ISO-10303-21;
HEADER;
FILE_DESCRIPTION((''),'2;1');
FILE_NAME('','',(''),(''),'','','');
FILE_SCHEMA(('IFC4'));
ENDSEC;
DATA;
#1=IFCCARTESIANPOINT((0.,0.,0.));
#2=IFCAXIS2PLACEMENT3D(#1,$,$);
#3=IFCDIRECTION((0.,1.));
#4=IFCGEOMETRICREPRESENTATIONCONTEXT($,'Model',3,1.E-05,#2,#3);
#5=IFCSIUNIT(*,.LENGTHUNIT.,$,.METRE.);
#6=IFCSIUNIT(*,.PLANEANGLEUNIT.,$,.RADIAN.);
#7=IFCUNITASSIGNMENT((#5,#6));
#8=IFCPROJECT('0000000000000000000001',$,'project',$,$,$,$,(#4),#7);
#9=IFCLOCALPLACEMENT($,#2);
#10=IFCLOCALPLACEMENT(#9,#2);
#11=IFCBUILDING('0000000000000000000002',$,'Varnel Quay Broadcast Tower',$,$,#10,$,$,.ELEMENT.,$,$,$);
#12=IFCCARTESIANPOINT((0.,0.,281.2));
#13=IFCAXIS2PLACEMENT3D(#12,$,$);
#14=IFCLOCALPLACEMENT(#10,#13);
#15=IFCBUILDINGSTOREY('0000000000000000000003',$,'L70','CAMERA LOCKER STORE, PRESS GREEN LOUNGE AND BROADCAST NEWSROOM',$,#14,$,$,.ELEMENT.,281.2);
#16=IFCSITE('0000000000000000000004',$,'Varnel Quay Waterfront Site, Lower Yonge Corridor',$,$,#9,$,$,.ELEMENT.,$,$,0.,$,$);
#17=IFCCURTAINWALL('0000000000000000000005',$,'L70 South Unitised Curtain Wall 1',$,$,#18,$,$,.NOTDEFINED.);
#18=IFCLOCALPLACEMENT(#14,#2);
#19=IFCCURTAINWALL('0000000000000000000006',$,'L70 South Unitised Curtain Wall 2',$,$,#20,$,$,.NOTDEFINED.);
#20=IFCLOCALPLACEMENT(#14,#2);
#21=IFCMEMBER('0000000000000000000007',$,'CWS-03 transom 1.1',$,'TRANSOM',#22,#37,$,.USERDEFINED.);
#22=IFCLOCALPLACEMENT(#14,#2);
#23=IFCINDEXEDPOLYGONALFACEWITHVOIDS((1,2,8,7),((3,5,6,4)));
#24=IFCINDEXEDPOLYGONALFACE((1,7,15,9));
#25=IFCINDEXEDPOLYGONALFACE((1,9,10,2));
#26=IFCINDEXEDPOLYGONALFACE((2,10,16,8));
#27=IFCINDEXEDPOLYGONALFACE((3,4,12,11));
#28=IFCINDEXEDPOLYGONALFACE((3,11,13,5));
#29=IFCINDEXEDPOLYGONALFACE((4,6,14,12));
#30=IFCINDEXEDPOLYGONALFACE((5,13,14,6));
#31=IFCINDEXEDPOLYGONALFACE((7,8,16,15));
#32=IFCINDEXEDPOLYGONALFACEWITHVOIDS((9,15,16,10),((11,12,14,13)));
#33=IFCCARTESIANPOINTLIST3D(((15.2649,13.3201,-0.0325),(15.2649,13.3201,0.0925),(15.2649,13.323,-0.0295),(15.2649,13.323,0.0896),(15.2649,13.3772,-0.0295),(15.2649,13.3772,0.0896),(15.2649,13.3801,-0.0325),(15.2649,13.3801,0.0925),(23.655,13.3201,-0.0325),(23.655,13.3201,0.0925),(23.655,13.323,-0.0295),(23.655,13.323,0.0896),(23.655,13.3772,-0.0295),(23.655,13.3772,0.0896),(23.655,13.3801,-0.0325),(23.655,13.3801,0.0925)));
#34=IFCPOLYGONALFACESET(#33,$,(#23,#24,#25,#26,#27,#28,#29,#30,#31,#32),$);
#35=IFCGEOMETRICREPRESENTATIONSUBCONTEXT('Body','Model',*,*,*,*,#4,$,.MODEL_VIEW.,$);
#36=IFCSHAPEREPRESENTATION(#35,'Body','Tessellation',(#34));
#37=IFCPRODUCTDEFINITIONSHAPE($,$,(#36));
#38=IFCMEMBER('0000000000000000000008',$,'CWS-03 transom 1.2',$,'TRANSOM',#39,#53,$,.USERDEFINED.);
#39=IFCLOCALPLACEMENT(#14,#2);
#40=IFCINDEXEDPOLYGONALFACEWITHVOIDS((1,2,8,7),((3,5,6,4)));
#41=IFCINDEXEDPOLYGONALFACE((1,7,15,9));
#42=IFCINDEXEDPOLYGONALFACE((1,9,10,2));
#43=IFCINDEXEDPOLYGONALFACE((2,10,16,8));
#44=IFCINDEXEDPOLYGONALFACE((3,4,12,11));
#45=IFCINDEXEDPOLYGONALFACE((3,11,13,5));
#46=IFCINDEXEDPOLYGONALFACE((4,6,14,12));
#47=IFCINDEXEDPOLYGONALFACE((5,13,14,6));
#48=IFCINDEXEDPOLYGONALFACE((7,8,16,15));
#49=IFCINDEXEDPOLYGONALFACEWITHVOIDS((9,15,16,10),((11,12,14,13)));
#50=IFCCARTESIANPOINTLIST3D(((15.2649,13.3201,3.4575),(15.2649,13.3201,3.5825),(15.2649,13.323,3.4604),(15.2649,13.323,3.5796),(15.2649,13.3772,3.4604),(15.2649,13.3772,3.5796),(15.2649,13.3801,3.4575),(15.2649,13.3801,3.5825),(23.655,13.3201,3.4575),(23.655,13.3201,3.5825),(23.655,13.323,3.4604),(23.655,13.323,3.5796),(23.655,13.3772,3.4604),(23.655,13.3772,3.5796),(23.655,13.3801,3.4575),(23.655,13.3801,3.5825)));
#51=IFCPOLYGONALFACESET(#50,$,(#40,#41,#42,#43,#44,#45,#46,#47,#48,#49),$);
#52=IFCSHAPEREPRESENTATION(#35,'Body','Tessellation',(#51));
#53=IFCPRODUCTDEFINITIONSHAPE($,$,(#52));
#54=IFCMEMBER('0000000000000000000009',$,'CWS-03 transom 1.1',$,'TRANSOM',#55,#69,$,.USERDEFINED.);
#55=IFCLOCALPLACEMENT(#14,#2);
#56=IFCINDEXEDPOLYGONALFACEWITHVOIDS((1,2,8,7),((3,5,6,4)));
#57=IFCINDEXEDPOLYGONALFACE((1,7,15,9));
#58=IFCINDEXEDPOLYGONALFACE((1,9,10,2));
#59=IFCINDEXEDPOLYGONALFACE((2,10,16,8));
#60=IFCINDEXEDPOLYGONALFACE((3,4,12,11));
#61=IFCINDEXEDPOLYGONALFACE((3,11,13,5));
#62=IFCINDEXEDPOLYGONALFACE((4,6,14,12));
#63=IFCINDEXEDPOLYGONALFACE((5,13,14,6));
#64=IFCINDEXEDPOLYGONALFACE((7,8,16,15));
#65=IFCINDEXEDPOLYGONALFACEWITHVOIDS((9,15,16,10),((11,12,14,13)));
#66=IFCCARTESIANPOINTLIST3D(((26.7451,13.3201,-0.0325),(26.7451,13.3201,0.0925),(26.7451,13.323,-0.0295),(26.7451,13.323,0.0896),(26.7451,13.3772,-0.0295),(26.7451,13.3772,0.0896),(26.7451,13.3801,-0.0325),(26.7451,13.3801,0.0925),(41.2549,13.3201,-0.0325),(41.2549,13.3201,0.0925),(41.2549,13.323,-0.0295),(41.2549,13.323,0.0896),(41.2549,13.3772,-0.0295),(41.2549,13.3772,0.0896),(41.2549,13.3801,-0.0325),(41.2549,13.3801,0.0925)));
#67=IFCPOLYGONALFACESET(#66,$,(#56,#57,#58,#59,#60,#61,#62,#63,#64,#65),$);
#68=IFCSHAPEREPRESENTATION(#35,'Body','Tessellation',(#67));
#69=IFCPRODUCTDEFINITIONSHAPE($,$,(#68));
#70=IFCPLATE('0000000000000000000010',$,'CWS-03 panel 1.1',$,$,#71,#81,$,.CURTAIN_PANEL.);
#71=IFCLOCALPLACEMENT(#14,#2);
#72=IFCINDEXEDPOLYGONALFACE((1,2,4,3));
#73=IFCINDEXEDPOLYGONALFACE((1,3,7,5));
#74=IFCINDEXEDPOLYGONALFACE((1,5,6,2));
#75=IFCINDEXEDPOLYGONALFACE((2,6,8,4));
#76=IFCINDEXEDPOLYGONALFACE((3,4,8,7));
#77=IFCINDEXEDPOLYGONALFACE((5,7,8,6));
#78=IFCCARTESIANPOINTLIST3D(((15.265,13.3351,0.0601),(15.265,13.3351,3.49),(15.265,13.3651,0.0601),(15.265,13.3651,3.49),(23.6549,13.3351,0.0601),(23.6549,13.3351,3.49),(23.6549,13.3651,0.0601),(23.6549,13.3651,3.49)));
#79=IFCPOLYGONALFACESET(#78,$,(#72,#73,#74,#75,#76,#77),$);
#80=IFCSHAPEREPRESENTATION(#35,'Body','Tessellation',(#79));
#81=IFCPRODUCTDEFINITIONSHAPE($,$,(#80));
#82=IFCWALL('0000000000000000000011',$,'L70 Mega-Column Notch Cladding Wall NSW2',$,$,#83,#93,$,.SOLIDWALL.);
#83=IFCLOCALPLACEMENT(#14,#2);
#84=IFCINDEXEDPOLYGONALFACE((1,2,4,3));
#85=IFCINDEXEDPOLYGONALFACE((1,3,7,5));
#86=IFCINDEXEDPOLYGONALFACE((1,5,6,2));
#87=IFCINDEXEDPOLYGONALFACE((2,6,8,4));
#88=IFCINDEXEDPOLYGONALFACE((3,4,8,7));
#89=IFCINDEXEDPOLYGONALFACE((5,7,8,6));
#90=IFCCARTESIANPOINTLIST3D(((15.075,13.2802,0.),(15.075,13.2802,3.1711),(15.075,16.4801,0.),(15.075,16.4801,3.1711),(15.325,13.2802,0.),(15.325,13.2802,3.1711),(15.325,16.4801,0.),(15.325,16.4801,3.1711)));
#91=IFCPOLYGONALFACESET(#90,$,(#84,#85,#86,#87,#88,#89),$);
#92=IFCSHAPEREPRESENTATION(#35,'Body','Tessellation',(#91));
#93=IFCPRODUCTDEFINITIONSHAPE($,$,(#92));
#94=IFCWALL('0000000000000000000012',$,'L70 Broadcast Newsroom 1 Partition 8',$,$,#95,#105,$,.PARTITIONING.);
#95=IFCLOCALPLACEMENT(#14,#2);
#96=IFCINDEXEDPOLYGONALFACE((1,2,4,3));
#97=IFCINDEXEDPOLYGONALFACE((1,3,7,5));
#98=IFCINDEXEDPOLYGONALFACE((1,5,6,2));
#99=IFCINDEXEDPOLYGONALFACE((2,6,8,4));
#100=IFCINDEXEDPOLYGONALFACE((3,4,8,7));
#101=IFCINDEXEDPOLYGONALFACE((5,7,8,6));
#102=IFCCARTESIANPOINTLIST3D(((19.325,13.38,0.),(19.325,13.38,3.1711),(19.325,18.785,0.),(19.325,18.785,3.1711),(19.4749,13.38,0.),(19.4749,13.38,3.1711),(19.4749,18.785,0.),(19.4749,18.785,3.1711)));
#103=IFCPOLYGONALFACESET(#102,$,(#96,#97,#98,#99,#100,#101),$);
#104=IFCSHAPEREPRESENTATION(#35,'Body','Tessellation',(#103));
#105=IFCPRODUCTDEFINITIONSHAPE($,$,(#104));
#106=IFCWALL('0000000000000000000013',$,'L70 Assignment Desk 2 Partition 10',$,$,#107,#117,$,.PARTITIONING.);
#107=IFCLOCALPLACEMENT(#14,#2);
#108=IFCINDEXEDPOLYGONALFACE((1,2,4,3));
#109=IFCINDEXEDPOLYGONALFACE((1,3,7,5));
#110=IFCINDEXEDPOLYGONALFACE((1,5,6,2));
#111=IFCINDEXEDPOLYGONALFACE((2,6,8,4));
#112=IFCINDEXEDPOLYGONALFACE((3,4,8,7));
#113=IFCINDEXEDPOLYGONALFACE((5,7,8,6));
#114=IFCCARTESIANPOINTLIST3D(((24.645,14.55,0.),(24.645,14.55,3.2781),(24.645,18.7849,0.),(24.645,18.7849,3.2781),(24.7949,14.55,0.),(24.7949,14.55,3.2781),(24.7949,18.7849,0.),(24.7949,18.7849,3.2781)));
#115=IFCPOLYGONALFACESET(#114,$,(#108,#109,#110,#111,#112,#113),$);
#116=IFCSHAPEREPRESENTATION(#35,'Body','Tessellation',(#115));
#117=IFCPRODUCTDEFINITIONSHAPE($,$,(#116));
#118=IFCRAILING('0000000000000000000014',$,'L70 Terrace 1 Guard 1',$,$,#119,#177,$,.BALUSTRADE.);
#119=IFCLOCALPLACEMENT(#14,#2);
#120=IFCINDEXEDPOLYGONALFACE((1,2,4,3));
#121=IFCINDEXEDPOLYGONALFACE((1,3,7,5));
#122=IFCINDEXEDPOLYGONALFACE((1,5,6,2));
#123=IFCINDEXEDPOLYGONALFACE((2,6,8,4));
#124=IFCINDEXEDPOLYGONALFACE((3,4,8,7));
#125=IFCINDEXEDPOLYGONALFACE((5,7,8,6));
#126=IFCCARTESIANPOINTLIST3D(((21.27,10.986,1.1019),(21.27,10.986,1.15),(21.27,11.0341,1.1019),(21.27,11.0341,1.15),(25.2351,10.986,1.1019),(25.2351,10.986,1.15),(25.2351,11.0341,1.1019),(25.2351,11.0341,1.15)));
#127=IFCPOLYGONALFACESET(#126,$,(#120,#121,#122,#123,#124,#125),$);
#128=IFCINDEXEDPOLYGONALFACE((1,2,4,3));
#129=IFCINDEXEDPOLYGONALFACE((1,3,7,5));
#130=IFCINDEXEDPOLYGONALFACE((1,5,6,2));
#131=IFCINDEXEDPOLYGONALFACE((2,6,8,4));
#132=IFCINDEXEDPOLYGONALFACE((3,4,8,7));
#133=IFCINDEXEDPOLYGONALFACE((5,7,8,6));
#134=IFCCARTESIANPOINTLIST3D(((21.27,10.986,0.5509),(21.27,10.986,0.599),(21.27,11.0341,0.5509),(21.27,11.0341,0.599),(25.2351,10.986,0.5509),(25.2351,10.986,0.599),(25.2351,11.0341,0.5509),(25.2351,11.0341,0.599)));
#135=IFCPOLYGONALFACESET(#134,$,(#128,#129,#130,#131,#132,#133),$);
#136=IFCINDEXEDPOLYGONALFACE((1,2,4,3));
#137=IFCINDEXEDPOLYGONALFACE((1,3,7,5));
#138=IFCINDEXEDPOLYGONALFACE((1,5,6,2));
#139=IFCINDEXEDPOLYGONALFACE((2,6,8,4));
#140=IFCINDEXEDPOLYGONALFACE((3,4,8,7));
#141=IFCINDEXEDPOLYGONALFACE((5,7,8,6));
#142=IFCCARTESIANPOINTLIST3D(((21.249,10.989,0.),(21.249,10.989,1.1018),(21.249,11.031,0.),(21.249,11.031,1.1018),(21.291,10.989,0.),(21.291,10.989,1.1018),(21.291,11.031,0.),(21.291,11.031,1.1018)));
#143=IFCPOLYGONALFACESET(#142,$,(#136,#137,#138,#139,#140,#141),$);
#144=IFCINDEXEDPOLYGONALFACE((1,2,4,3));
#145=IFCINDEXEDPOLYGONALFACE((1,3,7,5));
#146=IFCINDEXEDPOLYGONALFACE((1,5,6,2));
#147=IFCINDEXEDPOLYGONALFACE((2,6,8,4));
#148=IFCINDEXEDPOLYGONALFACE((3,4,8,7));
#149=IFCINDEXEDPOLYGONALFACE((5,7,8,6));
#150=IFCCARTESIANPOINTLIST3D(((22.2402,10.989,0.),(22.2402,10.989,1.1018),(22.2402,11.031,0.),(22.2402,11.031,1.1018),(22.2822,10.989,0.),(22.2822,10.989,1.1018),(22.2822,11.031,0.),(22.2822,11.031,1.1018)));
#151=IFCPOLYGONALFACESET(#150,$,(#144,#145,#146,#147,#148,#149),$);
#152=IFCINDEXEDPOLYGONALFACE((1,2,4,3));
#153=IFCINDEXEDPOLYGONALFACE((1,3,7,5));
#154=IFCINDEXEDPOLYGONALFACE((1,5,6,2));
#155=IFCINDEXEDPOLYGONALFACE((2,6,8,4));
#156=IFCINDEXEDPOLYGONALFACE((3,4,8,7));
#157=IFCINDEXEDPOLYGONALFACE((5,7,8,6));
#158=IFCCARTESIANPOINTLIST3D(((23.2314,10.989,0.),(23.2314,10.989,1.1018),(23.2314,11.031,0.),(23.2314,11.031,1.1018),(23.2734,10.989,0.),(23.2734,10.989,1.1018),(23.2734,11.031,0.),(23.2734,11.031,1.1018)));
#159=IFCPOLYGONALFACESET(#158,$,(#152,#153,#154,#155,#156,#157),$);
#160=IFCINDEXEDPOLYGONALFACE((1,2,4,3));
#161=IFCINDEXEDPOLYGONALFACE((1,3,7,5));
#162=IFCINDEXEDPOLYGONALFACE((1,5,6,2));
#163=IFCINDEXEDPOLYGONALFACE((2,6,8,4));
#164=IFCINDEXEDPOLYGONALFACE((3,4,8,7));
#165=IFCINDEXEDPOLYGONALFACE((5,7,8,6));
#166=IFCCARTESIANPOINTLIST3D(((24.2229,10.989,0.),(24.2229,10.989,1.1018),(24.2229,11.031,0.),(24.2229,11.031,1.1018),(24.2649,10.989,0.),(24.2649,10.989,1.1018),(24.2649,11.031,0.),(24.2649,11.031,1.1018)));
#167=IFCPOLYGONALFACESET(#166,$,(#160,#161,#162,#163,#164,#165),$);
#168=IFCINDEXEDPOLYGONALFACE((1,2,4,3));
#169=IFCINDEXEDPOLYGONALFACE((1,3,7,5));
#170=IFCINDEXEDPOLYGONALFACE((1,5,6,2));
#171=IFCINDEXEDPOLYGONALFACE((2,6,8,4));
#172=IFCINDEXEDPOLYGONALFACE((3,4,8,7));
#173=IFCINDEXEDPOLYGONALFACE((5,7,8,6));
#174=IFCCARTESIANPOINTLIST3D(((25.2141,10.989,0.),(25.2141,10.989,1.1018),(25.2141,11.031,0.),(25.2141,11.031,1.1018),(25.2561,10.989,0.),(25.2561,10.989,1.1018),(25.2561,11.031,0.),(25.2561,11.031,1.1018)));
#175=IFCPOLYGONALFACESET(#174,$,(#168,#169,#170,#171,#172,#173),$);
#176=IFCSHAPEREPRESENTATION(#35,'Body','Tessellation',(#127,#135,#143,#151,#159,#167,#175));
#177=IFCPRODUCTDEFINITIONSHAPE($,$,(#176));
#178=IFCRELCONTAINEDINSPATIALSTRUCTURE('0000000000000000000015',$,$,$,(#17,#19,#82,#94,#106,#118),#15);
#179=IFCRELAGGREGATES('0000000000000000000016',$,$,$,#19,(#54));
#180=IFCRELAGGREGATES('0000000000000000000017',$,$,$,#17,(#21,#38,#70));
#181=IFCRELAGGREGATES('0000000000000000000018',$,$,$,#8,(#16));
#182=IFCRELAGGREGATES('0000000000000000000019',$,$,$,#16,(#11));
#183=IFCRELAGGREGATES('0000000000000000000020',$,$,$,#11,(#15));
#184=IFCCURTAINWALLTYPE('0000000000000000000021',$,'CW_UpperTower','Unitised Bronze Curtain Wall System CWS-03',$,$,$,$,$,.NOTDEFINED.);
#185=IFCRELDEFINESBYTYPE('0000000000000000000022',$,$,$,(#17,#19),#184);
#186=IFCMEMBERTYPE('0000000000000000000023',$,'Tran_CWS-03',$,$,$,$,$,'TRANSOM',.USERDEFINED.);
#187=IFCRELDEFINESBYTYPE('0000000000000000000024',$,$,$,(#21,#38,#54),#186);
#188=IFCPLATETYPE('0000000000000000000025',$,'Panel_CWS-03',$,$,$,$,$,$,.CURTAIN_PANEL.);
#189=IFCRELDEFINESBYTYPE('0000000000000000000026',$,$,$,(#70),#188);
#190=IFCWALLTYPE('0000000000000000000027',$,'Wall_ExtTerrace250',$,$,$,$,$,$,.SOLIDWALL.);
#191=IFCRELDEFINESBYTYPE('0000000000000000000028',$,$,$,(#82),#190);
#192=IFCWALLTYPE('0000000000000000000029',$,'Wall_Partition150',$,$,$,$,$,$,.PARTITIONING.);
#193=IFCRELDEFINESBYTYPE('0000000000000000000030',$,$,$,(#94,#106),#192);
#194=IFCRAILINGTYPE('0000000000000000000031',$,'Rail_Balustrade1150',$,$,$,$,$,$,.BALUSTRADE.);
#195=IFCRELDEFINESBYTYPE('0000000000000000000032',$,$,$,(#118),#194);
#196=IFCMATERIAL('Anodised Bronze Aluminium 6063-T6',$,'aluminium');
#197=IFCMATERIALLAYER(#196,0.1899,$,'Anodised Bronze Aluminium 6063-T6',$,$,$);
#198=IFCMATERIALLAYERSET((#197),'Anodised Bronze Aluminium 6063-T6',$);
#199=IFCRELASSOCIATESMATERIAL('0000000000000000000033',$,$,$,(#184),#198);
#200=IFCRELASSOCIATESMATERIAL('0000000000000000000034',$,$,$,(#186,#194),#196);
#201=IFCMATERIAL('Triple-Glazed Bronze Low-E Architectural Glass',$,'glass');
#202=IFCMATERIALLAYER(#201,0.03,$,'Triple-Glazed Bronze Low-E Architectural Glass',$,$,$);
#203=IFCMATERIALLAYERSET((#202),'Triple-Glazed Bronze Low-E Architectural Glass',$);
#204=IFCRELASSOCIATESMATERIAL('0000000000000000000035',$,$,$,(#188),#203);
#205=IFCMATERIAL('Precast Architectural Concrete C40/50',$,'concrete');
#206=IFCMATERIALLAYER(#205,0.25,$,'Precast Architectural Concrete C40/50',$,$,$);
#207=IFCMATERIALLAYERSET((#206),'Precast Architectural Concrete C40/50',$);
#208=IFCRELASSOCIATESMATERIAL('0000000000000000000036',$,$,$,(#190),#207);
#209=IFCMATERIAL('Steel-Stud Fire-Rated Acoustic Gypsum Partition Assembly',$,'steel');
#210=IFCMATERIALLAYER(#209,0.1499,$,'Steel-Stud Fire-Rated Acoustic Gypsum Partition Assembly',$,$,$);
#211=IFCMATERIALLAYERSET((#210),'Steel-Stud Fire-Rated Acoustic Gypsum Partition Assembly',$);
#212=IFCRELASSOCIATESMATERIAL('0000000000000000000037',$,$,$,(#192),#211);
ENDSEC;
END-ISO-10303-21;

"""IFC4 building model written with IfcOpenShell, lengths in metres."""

from ifc_helpers import new_model, si_unit, direction, frame, frame_2d, origin, origin_2d, place, context, subcontext, project, spatial, rectangle, hollow_rectangle, extrude, source, transform, mapped, material, layer, layer_set, material_profile, profile_set, type_object, type_shapes, element, aggregate, save


model = new_model("IFC4")

# Units and contexts
model_context = context("Model", 3, precision=1e-05, world=origin(), true_north=direction((0.0, 1.0)))
body_context = subcontext(model_context, "Body", "Model", "MODEL_VIEW")
ifc_project = project(units=[si_unit("LENGTHUNIT", "METRE"), si_unit("PLANEANGLEUNIT", "RADIAN")], contexts=[model_context])

# Site, building, storey
site_placement = place(None, origin())
site = spatial("IfcSite", under=ifc_project, at=site_placement, Name="Varnel Quay Waterfront Site, Lower Yonge Corridor", CompositionType="ELEMENT", RefElevation=0.0)
building_placement = place(site_placement, origin())
building = spatial("IfcBuilding", under=site, at=building_placement, Name="Varnel Quay Broadcast Tower", CompositionType="ELEMENT")
storey_placement = place(building_placement, frame((0.0, 0.0, 281.2)))
storey = spatial("IfcBuildingStorey", under=building, at=storey_placement, Name="L70", Description="CAMERA LOCKER STORE, PRESS GREEN LOUNGE AND BROADCAST NEWSROOM", CompositionType="ELEMENT", Elevation=281.2)

# Shared definitions
ifc_material_1 = material(Name="Anodised Bronze Aluminium 6063-T6", Category="aluminium")

# Curtain wall
ifc_layer_1 = layer(ifc_material_1, 0.1899, Name="Anodised Bronze Aluminium 6063-T6")
ifc_layer_set_1 = layer_set([ifc_layer_1], Name="Anodised Bronze Aluminium 6063-T6")
curtain_wall_type_1 = type_object("IfcCurtainWallType", Name="CW_UpperTower", Description="Unitised Bronze Curtain Wall System CWS-03", PredefinedType="NOTDEFINED", material=ifc_layer_set_1)
curtain_wall_1_placement = place(storey_placement, origin())
curtain_wall_1 = element("IfcCurtainWall", 1, at=curtain_wall_1_placement, inside=storey, type_object=curtain_wall_type_1, Name="L70 South Unitised Curtain Wall 1", PredefinedType="NOTDEFINED")

# Curtain wall
curtain_wall_2_placement = place(storey_placement, origin())
curtain_wall_2 = element("IfcCurtainWall", 2, at=curtain_wall_2_placement, inside=storey, type_object=curtain_wall_type_1, Name="L70 South Unitised Curtain Wall 2", PredefinedType="NOTDEFINED")

# Members
ifc_material_profile_1 = material_profile(ifc_material_1, hollow_rectangle(XDim=0.0601, YDim=0.125, WallThickness=0.0029, at=origin_2d()), Name="ALU60X125X3")
ifc_profile_set_1 = profile_set([ifc_material_profile_1], Name="Anodised Bronze Aluminium 6063-T6")
member_type_1 = type_object("IfcMemberType", Name="Tran_CWS-03", ElementType="TRANSOM", PredefinedType="USERDEFINED", material=ifc_profile_set_1)
shared_shape_1 = source(origin(), body_context, "Body", "SweptSolid", [
    extrude(hollow_rectangle(XDim=0.0601, YDim=0.125, WallThickness=0.0029, at=origin_2d()), origin(), (0.0, 0.0, 1.0), 8.3901),
])
member_1_placement = place(storey_placement, frame((15.2649, 13.3501, 0.03), z_axis=(1.0, 0.0, 0.0), x_axis=(0.0, 1.0, 0.0)))
member_1 = element("IfcMember", 3, at=member_1_placement, type_object=member_type_1, Name="CWS-03 transom 1.1", ObjectType="TRANSOM", PredefinedType="USERDEFINED", context=body_context, shape_type="MappedRepresentation", body=[
    mapped(shared_shape_1, transform((0.0, 0.0, 0.0), x_axis=(1.0, 0.0, 0.0), y_axis=(0.0, 1.0, 0.0), z_axis=(0.0, 0.0, 1.0), scale=1.0)),
])
member_2_placement = place(storey_placement, frame((15.2649, 13.3501, 3.52), z_axis=(1.0, 0.0, 0.0), x_axis=(0.0, 1.0, 0.0)))
member_2 = element("IfcMember", 4, at=member_2_placement, type_object=member_type_1, Name="CWS-03 transom 1.2", ObjectType="TRANSOM", PredefinedType="USERDEFINED", context=body_context, shape_type="MappedRepresentation", body=[
    mapped(shared_shape_1, transform((0.0, 0.0, 0.0), x_axis=(1.0, 0.0, 0.0), y_axis=(0.0, 1.0, 0.0), z_axis=(0.0, 0.0, 1.0), scale=1.0)),
])
shared_shape_2 = source(origin(), body_context, "Body", "SweptSolid", [
    extrude(hollow_rectangle(XDim=0.0601, YDim=0.125, WallThickness=0.0029, at=origin_2d()), origin(), (0.0, 0.0, 1.0), 14.5098),
])
type_shapes(member_type_1, [shared_shape_1, shared_shape_2])
member_3_placement = place(storey_placement, frame((26.7451, 13.3501, 0.03), z_axis=(1.0, 0.0, 0.0), x_axis=(0.0, 1.0, 0.0)))
member_3 = element("IfcMember", 5, at=member_3_placement, type_object=member_type_1, Name="CWS-03 transom 1.1", ObjectType="TRANSOM", PredefinedType="USERDEFINED", context=body_context, shape_type="MappedRepresentation", body=[
    mapped(shared_shape_2, transform((0.0, 0.0, 0.0), x_axis=(1.0, 0.0, 0.0), y_axis=(0.0, 1.0, 0.0), z_axis=(0.0, 0.0, 1.0), scale=1.0)),
])
aggregate(curtain_wall_2, [member_3])

# Plate
ifc_material_2 = material(Name="Triple-Glazed Bronze Low-E Architectural Glass", Category="glass")
ifc_layer_2 = layer(ifc_material_2, 0.03, Name="Triple-Glazed Bronze Low-E Architectural Glass")
ifc_layer_set_2 = layer_set([ifc_layer_2], Name="Triple-Glazed Bronze Low-E Architectural Glass")
plate_type = type_object("IfcPlateType", Name="Panel_CWS-03", PredefinedType="CURTAIN_PANEL", material=ifc_layer_set_2)
shared_shape_3 = source(origin(), body_context, "Body", "SweptSolid", [
    extrude(rectangle(XDim=8.3899, YDim=0.03, at=origin_2d()), origin(), (0.0, 0.0, 1.0), 3.4299),
])
type_shapes(plate_type, [shared_shape_3])
plate_placement = place(storey_placement, frame((19.46, 13.3501, 0.0601), z_axis=(0.0, 0.0, 1.0), x_axis=(1.0, 0.0, 0.0)))
plate = element("IfcPlate", 6, at=plate_placement, type_object=plate_type, Name="CWS-03 panel 1.1", PredefinedType="CURTAIN_PANEL", context=body_context, shape_type="MappedRepresentation", body=[
    mapped(shared_shape_3, transform((0.0, 0.0, 0.0), x_axis=(1.0, 0.0, 0.0), y_axis=(0.0, 1.0, 0.0), z_axis=(0.0, 0.0, 1.0), scale=1.0)),
])
aggregate(curtain_wall_1, [member_1, member_2, plate])

# Shared definitions
ifc_material_3 = material(Name="Precast Architectural Concrete C40/50", Category="concrete")
ifc_layer_3 = layer(ifc_material_3, 0.25, Name="Precast Architectural Concrete C40/50")
ifc_layer_set_3 = layer_set([ifc_layer_3], Name="Precast Architectural Concrete C40/50")
wall_type_1 = type_object("IfcWallType", Name="Wall_ExtTerrace250", PredefinedType="SOLIDWALL", material=ifc_layer_set_3)

# Walls
wall_1_placement = place(storey_placement, frame((15.2, 13.28, 0.0), z_axis=(0.0, 0.0, 1.0), x_axis=(0.0, 1.0, 0.0)))
element("IfcWall", 7, at=wall_1_placement, inside=storey, type_object=wall_type_1, Name="L70 Mega-Column Notch Cladding Wall NSW2", PredefinedType="SOLIDWALL", context=body_context, shape_type="SweptSolid", body=[
    extrude(rectangle(XDim=3.2, YDim=0.25, at=frame_2d((1.6001, 0.0))), origin(), (0.0, 0.0, 1.0), 3.1711),
])
ifc_material_4 = material(Name="Steel-Stud Fire-Rated Acoustic Gypsum Partition Assembly", Category="steel")
ifc_layer_4 = layer(ifc_material_4, 0.1499, Name="Steel-Stud Fire-Rated Acoustic Gypsum Partition Assembly")
ifc_layer_set_4 = layer_set([ifc_layer_4], Name="Steel-Stud Fire-Rated Acoustic Gypsum Partition Assembly")
wall_type_2 = type_object("IfcWallType", Name="Wall_Partition150", PredefinedType="PARTITIONING", material=ifc_layer_set_4)
wall_2_placement = place(storey_placement, frame((19.3999, 13.3799, 0.0), z_axis=(0.0, 0.0, 1.0), x_axis=(0.0, 1.0, 0.0)))
element("IfcWall", 8, at=wall_2_placement, inside=storey, type_object=wall_type_2, Name="L70 Broadcast Newsroom 1 Partition 8", PredefinedType="PARTITIONING", context=body_context, shape_type="SweptSolid", body=[
    extrude(rectangle(XDim=5.405, YDim=0.1499, at=frame_2d((2.7026, 0.0))), origin(), (0.0, 0.0, 1.0), 3.1711),
])
wall_3_placement = place(storey_placement, frame((24.72, 14.55, 0.0), z_axis=(0.0, 0.0, 1.0), x_axis=(0.0, 1.0, 0.0)))
element("IfcWall", 9, at=wall_3_placement, inside=storey, type_object=wall_type_2, Name="L70 Assignment Desk 2 Partition 10", PredefinedType="PARTITIONING", context=body_context, shape_type="SweptSolid", body=[
    extrude(rectangle(XDim=4.2349, YDim=0.1499, at=frame_2d((2.1174, 0.0))), origin(), (0.0, 0.0, 1.0), 3.2781),
])

# Railing
railing_type = type_object("IfcRailingType", Name="Rail_Balustrade1150", PredefinedType="BALUSTRADE", material=ifc_material_1)
railing_1_placement = place(storey_placement, frame((21.27, 11.01, 0.0)))
element("IfcRailing", 10, at=railing_1_placement, inside=storey, type_object=railing_type, Name="L70 Terrace 1 Guard 1", PredefinedType="BALUSTRADE", context=body_context, shape_type="SweptSolid", body=[
    extrude(rectangle(XDim=0.0481, YDim=0.0481, at=origin_2d()), frame((0.0, 0.0, 1.126), z_axis=(1.0, 0.0, 0.0), x_axis=(0.0, 1.0, 0.0)), (0.0, 0.0, 1.0), 3.9651),
    extrude(rectangle(XDim=0.0481, YDim=0.0481, at=origin_2d()), frame((0.0, 0.0, 0.575), z_axis=(1.0, 0.0, 0.0), x_axis=(0.0, 1.0, 0.0)), (0.0, 0.0, 1.0), 3.9651),
    extrude(rectangle(XDim=0.042, YDim=0.042, at=origin_2d()), origin(), (0.0, 0.0, 1.0), 1.1018),
    extrude(rectangle(XDim=0.042, YDim=0.042, at=origin_2d()), frame((0.9912, 0.0, 0.0)), (0.0, 0.0, 1.0), 1.1018),
    extrude(rectangle(XDim=0.042, YDim=0.042, at=origin_2d()), frame((1.9824, 0.0, 0.0)), (0.0, 0.0, 1.0), 1.1018),
    extrude(rectangle(XDim=0.042, YDim=0.042, at=origin_2d()), frame((2.9739, 0.0, 0.0)), (0.0, 0.0, 1.0), 1.1018),
    extrude(rectangle(XDim=0.042, YDim=0.042, at=origin_2d()), frame((3.9651, 0.0, 0.0)), (0.0, 0.0, 1.0), 1.1018),
])

save(model, "model.ifc")
